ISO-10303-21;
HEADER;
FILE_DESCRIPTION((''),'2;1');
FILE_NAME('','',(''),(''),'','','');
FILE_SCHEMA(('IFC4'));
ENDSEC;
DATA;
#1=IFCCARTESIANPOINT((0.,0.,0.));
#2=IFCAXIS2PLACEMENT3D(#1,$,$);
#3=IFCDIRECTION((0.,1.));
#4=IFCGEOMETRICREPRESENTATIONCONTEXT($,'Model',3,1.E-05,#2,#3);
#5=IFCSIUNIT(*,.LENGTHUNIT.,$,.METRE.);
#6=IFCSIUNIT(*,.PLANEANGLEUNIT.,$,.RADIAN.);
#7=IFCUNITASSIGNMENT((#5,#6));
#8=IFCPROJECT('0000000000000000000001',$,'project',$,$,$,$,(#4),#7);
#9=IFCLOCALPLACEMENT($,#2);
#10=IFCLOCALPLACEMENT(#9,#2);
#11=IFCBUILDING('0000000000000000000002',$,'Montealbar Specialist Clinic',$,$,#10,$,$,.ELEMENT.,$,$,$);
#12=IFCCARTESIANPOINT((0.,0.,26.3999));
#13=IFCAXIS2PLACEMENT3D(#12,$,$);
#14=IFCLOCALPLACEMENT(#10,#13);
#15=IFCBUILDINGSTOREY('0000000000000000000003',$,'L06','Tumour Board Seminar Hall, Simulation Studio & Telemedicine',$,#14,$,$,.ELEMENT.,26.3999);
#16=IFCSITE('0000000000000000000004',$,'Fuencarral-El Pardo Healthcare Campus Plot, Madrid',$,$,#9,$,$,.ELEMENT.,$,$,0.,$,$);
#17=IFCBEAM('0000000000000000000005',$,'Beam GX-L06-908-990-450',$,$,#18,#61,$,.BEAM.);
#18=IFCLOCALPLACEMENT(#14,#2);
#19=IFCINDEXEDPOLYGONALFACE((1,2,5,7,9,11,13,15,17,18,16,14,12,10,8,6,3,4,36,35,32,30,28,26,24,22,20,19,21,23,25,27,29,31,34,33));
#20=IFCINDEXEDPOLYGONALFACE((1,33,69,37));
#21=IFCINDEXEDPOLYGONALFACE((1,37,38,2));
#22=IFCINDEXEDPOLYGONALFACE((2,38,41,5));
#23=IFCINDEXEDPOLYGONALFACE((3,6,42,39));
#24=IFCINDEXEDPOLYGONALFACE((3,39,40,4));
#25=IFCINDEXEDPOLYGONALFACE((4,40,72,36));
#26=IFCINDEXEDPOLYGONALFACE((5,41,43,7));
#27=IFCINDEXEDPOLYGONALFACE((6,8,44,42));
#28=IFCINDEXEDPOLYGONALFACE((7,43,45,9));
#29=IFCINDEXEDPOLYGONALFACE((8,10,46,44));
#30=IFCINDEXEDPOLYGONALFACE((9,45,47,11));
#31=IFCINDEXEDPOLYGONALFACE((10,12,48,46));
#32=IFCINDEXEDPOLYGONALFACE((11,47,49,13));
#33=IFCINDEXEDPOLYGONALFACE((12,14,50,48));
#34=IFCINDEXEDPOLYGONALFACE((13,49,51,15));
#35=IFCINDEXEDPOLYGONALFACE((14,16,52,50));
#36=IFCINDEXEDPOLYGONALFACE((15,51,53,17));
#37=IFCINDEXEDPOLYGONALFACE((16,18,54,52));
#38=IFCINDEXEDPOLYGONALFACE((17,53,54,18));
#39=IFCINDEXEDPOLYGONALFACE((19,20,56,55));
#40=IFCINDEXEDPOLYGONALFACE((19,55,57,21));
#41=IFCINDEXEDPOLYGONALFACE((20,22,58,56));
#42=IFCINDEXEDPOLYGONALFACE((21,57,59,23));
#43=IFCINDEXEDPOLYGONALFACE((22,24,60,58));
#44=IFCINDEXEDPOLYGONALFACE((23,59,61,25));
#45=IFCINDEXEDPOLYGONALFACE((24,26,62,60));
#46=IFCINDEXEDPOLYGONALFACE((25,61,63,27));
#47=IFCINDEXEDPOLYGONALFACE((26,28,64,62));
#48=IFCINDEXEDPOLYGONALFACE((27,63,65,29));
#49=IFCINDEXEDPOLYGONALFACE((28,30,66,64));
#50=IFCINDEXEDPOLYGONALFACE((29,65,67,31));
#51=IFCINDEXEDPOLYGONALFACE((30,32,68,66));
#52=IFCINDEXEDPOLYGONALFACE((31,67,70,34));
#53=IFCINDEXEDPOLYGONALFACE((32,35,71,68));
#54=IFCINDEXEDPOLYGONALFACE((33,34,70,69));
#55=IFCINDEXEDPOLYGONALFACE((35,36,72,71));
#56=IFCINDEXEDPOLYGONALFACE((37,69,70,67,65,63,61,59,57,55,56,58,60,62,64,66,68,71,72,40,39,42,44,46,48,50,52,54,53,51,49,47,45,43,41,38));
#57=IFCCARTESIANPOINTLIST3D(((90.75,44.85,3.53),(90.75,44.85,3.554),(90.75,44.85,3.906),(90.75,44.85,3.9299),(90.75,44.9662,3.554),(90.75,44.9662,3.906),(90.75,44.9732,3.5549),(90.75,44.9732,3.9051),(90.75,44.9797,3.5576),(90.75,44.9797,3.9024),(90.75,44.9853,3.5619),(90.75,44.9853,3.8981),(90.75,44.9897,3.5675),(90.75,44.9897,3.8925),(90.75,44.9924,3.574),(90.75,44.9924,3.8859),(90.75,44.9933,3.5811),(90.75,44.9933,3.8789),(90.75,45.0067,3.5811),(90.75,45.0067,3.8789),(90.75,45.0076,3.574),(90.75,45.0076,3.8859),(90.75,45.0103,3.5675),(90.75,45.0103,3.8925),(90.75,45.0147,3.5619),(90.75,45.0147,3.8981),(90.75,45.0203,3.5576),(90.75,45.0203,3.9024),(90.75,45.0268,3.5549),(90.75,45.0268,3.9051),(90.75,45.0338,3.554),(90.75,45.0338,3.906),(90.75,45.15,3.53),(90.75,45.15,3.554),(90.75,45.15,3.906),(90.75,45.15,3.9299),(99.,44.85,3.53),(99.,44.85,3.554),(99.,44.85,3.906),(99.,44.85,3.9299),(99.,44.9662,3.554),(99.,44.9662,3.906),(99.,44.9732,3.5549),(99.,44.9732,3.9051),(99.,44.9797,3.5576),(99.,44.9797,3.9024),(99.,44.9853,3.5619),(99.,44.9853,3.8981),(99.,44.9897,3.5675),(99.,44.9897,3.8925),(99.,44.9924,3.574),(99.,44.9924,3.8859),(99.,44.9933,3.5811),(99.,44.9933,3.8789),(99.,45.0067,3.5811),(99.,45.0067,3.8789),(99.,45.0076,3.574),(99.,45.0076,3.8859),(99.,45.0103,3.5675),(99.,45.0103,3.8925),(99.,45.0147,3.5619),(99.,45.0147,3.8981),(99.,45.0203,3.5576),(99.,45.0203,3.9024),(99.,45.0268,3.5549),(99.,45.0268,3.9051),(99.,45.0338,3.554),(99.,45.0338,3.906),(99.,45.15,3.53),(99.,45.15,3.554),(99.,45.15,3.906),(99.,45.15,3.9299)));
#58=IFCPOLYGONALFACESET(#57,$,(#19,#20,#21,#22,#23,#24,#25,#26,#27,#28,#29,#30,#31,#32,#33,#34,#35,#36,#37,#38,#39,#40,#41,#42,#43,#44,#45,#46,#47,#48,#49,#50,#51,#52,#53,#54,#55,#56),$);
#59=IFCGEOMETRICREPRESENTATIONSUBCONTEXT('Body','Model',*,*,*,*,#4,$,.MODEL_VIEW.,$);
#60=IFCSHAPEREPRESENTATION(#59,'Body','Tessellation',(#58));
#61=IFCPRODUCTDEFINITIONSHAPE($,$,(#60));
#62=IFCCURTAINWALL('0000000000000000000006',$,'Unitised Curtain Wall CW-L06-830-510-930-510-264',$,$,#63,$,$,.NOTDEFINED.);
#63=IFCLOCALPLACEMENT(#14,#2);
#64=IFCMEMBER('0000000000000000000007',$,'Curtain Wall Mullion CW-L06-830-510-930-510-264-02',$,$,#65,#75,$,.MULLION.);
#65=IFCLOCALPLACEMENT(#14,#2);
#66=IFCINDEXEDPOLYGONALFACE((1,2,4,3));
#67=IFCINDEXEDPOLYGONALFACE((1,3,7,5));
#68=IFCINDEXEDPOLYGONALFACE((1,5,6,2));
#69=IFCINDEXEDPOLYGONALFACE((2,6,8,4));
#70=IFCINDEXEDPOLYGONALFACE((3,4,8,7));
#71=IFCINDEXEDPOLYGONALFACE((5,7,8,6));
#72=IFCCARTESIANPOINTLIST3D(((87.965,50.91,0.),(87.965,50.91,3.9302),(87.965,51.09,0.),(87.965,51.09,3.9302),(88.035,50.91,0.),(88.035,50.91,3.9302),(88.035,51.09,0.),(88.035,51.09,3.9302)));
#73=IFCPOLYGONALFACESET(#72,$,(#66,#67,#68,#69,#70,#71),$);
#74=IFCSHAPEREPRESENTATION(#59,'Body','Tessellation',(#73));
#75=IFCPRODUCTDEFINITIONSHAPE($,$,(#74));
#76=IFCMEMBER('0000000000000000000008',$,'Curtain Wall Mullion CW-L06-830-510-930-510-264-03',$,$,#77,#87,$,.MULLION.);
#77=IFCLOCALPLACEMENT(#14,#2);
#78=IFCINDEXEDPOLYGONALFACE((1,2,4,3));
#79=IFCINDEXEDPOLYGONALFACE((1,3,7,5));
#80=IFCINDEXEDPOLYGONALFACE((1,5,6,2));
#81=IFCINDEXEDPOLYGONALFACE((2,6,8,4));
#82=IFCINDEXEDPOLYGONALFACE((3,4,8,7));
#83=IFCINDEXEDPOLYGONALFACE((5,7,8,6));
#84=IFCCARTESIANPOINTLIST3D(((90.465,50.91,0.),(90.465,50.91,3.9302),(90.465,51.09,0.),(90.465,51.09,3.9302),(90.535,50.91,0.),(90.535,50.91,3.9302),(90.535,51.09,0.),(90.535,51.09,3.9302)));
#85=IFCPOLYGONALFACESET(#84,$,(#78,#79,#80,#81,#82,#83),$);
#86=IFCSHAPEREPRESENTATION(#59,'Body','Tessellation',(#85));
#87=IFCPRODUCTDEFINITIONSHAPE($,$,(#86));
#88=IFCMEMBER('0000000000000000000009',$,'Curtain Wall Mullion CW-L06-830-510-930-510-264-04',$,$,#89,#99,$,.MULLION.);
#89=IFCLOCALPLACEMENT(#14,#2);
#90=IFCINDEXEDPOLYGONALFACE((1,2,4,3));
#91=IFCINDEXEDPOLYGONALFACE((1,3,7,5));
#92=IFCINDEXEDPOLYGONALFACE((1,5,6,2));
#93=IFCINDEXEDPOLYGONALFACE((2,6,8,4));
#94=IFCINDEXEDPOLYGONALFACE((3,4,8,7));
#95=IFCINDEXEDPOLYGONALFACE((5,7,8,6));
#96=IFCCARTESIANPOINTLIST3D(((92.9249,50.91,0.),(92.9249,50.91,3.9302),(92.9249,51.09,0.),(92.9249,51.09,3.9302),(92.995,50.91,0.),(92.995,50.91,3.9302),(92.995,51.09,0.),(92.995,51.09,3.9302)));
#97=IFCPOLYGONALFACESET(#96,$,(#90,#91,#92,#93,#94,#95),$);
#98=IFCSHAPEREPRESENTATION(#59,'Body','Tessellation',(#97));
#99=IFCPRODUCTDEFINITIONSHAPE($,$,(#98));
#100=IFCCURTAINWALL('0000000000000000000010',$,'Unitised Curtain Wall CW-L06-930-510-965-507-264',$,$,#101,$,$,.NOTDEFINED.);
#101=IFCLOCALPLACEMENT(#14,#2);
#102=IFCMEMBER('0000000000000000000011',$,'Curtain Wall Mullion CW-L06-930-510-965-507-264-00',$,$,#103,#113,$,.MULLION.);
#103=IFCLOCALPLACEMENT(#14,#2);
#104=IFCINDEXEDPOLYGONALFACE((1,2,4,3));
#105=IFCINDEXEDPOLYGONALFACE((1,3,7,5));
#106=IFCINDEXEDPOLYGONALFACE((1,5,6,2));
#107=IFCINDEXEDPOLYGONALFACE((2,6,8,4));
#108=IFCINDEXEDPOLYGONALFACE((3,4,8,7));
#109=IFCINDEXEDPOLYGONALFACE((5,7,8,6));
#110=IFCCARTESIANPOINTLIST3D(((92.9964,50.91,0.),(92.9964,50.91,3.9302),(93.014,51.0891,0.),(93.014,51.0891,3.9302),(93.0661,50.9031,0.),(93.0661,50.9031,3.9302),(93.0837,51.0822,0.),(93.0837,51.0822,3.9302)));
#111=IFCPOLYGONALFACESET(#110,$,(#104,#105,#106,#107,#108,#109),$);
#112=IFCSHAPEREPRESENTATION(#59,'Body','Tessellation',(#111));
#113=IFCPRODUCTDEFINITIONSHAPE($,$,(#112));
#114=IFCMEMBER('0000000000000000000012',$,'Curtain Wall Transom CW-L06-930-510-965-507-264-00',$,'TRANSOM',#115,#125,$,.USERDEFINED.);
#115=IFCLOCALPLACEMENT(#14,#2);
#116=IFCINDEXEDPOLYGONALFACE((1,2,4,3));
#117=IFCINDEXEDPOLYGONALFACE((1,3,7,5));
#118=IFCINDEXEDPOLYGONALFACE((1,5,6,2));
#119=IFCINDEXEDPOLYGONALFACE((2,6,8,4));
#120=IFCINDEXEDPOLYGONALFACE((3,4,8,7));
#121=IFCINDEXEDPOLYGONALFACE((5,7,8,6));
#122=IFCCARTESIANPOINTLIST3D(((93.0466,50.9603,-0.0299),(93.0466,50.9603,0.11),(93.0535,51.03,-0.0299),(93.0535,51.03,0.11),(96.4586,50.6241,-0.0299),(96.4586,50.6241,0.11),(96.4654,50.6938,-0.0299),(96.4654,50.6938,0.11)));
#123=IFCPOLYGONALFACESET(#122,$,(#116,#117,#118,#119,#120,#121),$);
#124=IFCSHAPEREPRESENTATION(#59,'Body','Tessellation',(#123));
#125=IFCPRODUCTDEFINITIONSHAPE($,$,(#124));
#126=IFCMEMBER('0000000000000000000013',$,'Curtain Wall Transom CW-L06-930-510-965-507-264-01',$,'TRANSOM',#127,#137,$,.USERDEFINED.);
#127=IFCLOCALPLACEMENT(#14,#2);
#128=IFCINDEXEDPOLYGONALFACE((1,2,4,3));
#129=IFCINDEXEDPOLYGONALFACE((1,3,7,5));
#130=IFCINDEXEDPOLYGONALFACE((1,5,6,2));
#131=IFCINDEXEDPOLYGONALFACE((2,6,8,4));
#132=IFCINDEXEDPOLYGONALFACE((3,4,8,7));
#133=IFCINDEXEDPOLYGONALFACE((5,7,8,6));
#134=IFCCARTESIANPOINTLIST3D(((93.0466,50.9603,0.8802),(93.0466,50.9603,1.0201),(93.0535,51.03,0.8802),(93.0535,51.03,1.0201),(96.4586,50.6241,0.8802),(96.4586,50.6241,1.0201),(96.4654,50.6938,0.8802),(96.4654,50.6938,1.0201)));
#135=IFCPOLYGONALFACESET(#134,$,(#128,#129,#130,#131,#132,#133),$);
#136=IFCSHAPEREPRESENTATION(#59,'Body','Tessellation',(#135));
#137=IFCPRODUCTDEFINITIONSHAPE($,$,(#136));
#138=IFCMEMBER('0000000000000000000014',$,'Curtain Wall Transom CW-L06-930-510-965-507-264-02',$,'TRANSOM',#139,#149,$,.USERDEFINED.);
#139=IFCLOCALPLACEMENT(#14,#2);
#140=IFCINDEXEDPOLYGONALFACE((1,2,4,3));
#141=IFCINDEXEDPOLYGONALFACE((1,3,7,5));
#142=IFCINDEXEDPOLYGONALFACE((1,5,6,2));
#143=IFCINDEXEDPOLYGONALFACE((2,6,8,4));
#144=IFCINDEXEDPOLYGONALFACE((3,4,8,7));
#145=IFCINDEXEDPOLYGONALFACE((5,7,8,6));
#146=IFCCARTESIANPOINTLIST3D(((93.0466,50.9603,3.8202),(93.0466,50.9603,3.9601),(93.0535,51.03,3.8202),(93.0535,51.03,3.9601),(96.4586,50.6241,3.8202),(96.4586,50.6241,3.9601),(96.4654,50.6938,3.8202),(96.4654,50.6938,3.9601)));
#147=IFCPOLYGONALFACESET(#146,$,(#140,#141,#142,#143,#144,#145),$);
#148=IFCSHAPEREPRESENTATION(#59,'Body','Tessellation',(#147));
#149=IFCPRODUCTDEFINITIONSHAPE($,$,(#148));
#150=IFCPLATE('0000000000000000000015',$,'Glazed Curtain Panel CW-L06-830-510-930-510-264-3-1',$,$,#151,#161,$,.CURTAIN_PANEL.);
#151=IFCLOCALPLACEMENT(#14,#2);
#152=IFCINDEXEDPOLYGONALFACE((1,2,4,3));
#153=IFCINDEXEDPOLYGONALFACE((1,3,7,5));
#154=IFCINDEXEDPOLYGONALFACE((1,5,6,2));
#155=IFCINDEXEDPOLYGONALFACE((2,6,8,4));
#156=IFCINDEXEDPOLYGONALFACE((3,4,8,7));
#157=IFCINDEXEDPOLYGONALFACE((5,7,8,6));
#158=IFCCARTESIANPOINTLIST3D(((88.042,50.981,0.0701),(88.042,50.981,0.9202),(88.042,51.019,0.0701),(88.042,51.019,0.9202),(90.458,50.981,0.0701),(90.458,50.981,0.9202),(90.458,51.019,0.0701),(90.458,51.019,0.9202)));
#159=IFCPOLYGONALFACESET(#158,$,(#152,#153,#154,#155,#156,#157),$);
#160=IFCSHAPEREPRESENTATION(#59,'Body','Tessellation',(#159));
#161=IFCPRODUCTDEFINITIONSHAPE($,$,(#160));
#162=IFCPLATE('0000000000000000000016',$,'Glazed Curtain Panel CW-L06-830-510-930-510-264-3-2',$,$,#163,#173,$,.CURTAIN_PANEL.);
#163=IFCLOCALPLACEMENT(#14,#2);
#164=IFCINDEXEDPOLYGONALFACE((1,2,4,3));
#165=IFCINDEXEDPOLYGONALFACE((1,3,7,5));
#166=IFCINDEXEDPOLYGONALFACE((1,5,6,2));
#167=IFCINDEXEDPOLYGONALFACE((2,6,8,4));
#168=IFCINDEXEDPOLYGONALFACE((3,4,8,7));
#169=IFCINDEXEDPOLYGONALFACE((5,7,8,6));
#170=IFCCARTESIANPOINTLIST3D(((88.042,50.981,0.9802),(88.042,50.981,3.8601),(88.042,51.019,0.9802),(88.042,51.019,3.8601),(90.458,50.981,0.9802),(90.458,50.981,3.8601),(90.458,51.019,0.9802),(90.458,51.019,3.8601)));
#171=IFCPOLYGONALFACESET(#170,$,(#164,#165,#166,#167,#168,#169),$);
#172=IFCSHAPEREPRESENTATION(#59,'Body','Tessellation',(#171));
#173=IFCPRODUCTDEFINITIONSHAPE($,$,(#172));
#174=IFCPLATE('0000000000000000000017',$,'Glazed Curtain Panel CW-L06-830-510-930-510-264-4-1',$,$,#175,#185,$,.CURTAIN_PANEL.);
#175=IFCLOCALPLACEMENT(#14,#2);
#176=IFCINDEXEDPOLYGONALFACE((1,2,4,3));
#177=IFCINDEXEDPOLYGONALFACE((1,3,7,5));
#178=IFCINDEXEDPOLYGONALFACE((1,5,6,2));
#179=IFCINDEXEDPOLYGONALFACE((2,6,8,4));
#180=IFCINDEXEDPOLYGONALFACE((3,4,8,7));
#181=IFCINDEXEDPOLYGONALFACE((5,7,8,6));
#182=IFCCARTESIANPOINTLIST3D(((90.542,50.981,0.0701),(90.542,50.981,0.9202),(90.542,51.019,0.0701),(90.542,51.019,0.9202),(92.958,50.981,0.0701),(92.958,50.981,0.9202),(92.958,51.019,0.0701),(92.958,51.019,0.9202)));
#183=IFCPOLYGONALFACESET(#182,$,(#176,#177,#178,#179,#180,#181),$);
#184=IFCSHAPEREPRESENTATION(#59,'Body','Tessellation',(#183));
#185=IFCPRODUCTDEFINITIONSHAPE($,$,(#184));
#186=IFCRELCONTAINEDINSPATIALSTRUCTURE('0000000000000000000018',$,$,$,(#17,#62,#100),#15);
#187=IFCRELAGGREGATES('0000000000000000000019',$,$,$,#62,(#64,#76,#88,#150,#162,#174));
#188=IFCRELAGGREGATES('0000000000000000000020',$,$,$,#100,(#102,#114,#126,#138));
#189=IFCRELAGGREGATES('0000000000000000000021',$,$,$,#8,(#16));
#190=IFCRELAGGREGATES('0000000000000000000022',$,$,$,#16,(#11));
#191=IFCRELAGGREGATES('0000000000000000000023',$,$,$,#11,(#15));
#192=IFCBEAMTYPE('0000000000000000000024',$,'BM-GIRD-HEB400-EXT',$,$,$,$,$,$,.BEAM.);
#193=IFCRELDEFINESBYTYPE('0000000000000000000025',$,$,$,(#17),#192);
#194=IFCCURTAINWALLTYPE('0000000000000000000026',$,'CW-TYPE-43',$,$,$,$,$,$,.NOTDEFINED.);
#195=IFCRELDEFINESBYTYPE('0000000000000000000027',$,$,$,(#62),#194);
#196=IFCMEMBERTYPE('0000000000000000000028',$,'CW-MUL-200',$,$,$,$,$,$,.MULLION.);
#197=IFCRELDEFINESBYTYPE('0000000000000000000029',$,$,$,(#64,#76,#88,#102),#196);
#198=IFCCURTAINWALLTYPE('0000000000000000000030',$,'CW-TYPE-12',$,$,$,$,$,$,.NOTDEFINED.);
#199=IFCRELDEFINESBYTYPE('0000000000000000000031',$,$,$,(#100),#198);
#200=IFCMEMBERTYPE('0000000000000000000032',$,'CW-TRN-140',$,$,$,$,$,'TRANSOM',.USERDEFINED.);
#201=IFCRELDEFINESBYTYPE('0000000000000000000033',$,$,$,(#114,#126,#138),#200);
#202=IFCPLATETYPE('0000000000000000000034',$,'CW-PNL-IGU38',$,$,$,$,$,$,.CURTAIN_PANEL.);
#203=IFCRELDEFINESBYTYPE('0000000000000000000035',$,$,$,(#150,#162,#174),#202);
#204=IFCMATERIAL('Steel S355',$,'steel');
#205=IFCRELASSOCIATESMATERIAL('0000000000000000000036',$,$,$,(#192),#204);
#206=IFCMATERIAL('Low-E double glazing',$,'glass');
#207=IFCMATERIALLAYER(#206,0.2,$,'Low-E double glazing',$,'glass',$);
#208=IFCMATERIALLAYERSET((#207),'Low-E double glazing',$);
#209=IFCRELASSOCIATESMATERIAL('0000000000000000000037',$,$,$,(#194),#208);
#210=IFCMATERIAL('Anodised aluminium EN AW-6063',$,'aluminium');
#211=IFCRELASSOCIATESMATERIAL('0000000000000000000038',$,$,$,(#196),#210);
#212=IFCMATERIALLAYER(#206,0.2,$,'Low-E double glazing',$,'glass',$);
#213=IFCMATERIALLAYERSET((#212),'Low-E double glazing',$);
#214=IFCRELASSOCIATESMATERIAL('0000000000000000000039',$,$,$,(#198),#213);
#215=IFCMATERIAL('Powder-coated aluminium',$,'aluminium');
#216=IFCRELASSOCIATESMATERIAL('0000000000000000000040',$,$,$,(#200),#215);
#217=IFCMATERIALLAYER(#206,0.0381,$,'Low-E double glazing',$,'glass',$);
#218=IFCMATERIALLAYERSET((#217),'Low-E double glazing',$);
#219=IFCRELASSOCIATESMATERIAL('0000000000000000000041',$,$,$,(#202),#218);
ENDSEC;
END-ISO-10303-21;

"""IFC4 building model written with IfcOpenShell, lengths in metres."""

from ifc_helpers import new_model, si_unit, direction, frame, origin, origin_2d, place, context, subcontext, project, spatial, rectangle, i_section, extrude, material, layer, layer_set, material_profile, profile_set, type_object, element, aggregate, save


model = new_model("IFC4")

# Units and contexts
model_context = context("Model", 3, precision=1e-05, world=origin(), true_north=direction((0.0, 1.0)))
body_context = subcontext(model_context, "Body", "Model", "MODEL_VIEW")
ifc_project = project(units=[si_unit("LENGTHUNIT", "METRE"), si_unit("PLANEANGLEUNIT", "RADIAN")], contexts=[model_context])

# Site, building, storey
site_placement = place(None, origin())
site = spatial("IfcSite", under=ifc_project, at=site_placement, Name="Fuencarral-El Pardo Healthcare Campus Plot, Madrid", CompositionType="ELEMENT", RefElevation=0.0)
building_placement = place(site_placement, origin())
building = spatial("IfcBuilding", under=site, at=building_placement, Name="Montealbar Specialist Clinic", CompositionType="ELEMENT")
storey_placement = place(building_placement, frame((0.0, 0.0, 26.3999)))
storey = spatial("IfcBuildingStorey", under=building, at=storey_placement, Name="L06", Description="Tumour Board Seminar Hall, Simulation Studio & Telemedicine", CompositionType="ELEMENT", Elevation=26.3999)

# Shared definitions
ifc_material_1 = material(Name="Steel S355", Category="steel")

# Beam
ifc_material_profile_1 = material_profile(ifc_material_1, i_section(OverallWidth=0.3, OverallDepth=0.3999, WebThickness=0.0134, FlangeThickness=0.0239, FilletRadius=0.0271, at=origin_2d()), Name="HEB 400", Category="steel")
ifc_profile_set_1 = profile_set([ifc_material_profile_1], Name="Steel S355")
beam_type_1 = type_object("IfcBeamType", Name="BM-GIRD-HEB400-EXT", PredefinedType="BEAM", material=ifc_profile_set_1)
beam_1_placement = place(storey_placement, frame((90.75, 45.0, 3.73), z_axis=(1.0, 0.0, 0.0), x_axis=(0.0, 1.0, 0.0)))
element("IfcBeam", 1, at=beam_1_placement, inside=storey, type_object=beam_type_1, Name="Beam GX-L06-908-990-450", PredefinedType="BEAM", context=body_context, shape_type="SweptSolid", body=[
    extrude(i_section(OverallWidth=0.3, OverallDepth=0.3999, WebThickness=0.0134, FlangeThickness=0.0239, FilletRadius=0.0271, at=origin_2d()), origin(), (0.0, 0.0, 1.0), 8.25),
])

# Curtain walls, members
ifc_material_2 = material(Name="Low-E double glazing", Category="glass")
ifc_layer_1 = layer(ifc_material_2, 0.2, Name="Low-E double glazing", Category="glass")
ifc_layer_set_1 = layer_set([ifc_layer_1], Name="Low-E double glazing")
curtain_wall_type_1 = type_object("IfcCurtainWallType", Name="CW-TYPE-43", PredefinedType="NOTDEFINED", material=ifc_layer_set_1)
curtain_wall_1_placement = place(storey_placement, origin())
curtain_wall_1 = element("IfcCurtainWall", 2, at=curtain_wall_1_placement, inside=storey, type_object=curtain_wall_type_1, Name="Unitised Curtain Wall CW-L06-830-510-930-510-264", PredefinedType="NOTDEFINED")
ifc_material_3 = material(Name="Anodised aluminium EN AW-6063", Category="aluminium")
ifc_material_profile_2 = material_profile(ifc_material_3, rectangle(XDim=0.0701, YDim=0.1799, at=origin_2d()), Name="ALU 70x180", Category="aluminium")
ifc_profile_set_2 = profile_set([ifc_material_profile_2], Name="Anodised aluminium EN AW-6063")
member_type_1 = type_object("IfcMemberType", Name="CW-MUL-200", PredefinedType="MULLION", material=ifc_profile_set_2)
member_1_placement = place(storey_placement, frame((88.0, 51.0, 0.0), z_axis=(0.0, 0.0, 1.0), x_axis=(1.0, 0.0, 0.0)))
member_1 = element("IfcMember", 3, at=member_1_placement, type_object=member_type_1, Name="Curtain Wall Mullion CW-L06-830-510-930-510-264-02", PredefinedType="MULLION", context=body_context, shape_type="SweptSolid", body=[
    extrude(rectangle(XDim=0.0701, YDim=0.1799, at=origin_2d()), origin(), (0.0, 0.0, 1.0), 3.9302),
])
member_2_placement = place(storey_placement, frame((90.5, 51.0, 0.0), z_axis=(0.0, 0.0, 1.0), x_axis=(1.0, 0.0, 0.0)))
member_2 = element("IfcMember", 4, at=member_2_placement, type_object=member_type_1, Name="Curtain Wall Mullion CW-L06-830-510-930-510-264-03", PredefinedType="MULLION", context=body_context, shape_type="SweptSolid", body=[
    extrude(rectangle(XDim=0.0701, YDim=0.1799, at=origin_2d()), origin(), (0.0, 0.0, 1.0), 3.9302),
])
member_3_placement = place(storey_placement, frame((92.96, 51.0, 0.0), z_axis=(0.0, 0.0, 1.0), x_axis=(1.0, 0.0, 0.0)))
member_3 = element("IfcMember", 5, at=member_3_placement, type_object=member_type_1, Name="Curtain Wall Mullion CW-L06-830-510-930-510-264-04", PredefinedType="MULLION", context=body_context, shape_type="SweptSolid", body=[
    extrude(rectangle(XDim=0.0701, YDim=0.1799, at=origin_2d()), origin(), (0.0, 0.0, 1.0), 3.9302),
])
ifc_layer_2 = layer(ifc_material_2, 0.2, Name="Low-E double glazing", Category="glass")
ifc_layer_set_2 = layer_set([ifc_layer_2], Name="Low-E double glazing")
curtain_wall_type_2 = type_object("IfcCurtainWallType", Name="CW-TYPE-12", PredefinedType="NOTDEFINED", material=ifc_layer_set_2)
curtain_wall_2_placement = place(storey_placement, origin())
curtain_wall_2 = element("IfcCurtainWall", 6, at=curtain_wall_2_placement, inside=storey, type_object=curtain_wall_type_2, Name="Unitised Curtain Wall CW-L06-930-510-965-507-264", PredefinedType="NOTDEFINED")
member_4_placement = place(storey_placement, frame((93.04, 50.9961, 0.0), z_axis=(0.0, 0.0, 1.0), x_axis=(0.995182, -0.098045, 0.0)))
member_4 = element("IfcMember", 7, at=member_4_placement, type_object=member_type_1, Name="Curtain Wall Mullion CW-L06-930-510-965-507-264-00", PredefinedType="MULLION", context=body_context, shape_type="SweptSolid", body=[
    extrude(rectangle(XDim=0.0701, YDim=0.1799, at=origin_2d()), origin(), (0.0, 0.0, 1.0), 3.9302),
])
ifc_material_4 = material(Name="Powder-coated aluminium", Category="aluminium")
ifc_material_profile_3 = material_profile(ifc_material_4, rectangle(XDim=0.0701, YDim=0.1399, at=origin_2d()), Name="ALU 70x140", Category="aluminium")
ifc_profile_set_3 = profile_set([ifc_material_profile_3], Name="Powder-coated aluminium")
member_type_2 = type_object("IfcMemberType", Name="CW-TRN-140", ElementType="TRANSOM", PredefinedType="USERDEFINED", material=ifc_profile_set_3)
member_5_placement = place(storey_placement, frame((93.05, 50.9951, 0.04), z_axis=(0.995181, -0.098058, 0.0), x_axis=(0.098058, 0.995181, 0.0)))
member_5 = element("IfcMember", 8, at=member_5_placement, type_object=member_type_2, Name="Curtain Wall Transom CW-L06-930-510-965-507-264-00", ObjectType="TRANSOM", PredefinedType="USERDEFINED", context=body_context, shape_type="SweptSolid", body=[
    extrude(rectangle(XDim=0.0701, YDim=0.1399, at=origin_2d()), origin(), (0.0, 0.0, 1.0), 3.4285),
])
member_6_placement = place(storey_placement, frame((93.05, 50.9951, 0.9502), z_axis=(0.995181, -0.098058, 0.0), x_axis=(0.098058, 0.995181, 0.0)))
member_6 = element("IfcMember", 9, at=member_6_placement, type_object=member_type_2, Name="Curtain Wall Transom CW-L06-930-510-965-507-264-01", ObjectType="TRANSOM", PredefinedType="USERDEFINED", context=body_context, shape_type="SweptSolid", body=[
    extrude(rectangle(XDim=0.0701, YDim=0.1399, at=origin_2d()), origin(), (0.0, 0.0, 1.0), 3.4285),
])
member_7_placement = place(storey_placement, frame((93.05, 50.9951, 3.8901), z_axis=(0.995181, -0.098058, 0.0), x_axis=(0.098058, 0.995181, 0.0)))
member_7 = element("IfcMember", 10, at=member_7_placement, type_object=member_type_2, Name="Curtain Wall Transom CW-L06-930-510-965-507-264-02", ObjectType="TRANSOM", PredefinedType="USERDEFINED", context=body_context, shape_type="SweptSolid", body=[
    extrude(rectangle(XDim=0.0701, YDim=0.1399, at=origin_2d()), origin(), (0.0, 0.0, 1.0), 3.4285),
])

# Plates
ifc_layer_3 = layer(ifc_material_2, 0.0381, Name="Low-E double glazing", Category="glass")
ifc_layer_set_3 = layer_set([ifc_layer_3], Name="Low-E double glazing")
plate_type = type_object("IfcPlateType", Name="CW-PNL-IGU38", PredefinedType="CURTAIN_PANEL", material=ifc_layer_set_3)
plate_1_placement = place(storey_placement, frame((89.25, 51.0, 0.0701), z_axis=(0.0, 0.0, 1.0), x_axis=(1.0, 0.0, 0.0)))
plate_1 = element("IfcPlate", 11, at=plate_1_placement, type_object=plate_type, Name="Glazed Curtain Panel CW-L06-830-510-930-510-264-3-1", PredefinedType="CURTAIN_PANEL", context=body_context, shape_type="SweptSolid", body=[
    extrude(rectangle(XDim=2.416, YDim=0.0381, at=origin_2d()), origin(), (0.0, 0.0, 1.0), 0.8501),
])
plate_2_placement = place(storey_placement, frame((89.25, 51.0, 0.9802), z_axis=(0.0, 0.0, 1.0), x_axis=(1.0, 0.0, 0.0)))
plate_2 = element("IfcPlate", 12, at=plate_2_placement, type_object=plate_type, Name="Glazed Curtain Panel CW-L06-830-510-930-510-264-3-2", PredefinedType="CURTAIN_PANEL", context=body_context, shape_type="SweptSolid", body=[
    extrude(rectangle(XDim=2.416, YDim=0.0381, at=origin_2d()), origin(), (0.0, 0.0, 1.0), 2.8799),
])
plate_3_placement = place(storey_placement, frame((91.75, 51.0, 0.0701), z_axis=(0.0, 0.0, 1.0), x_axis=(1.0, 0.0, 0.0)))
plate_3 = element("IfcPlate", 13, at=plate_3_placement, type_object=plate_type, Name="Glazed Curtain Panel CW-L06-830-510-930-510-264-4-1", PredefinedType="CURTAIN_PANEL", context=body_context, shape_type="SweptSolid", body=[
    extrude(rectangle(XDim=2.416, YDim=0.0381, at=origin_2d()), origin(), (0.0, 0.0, 1.0), 0.8501),
])
aggregate(curtain_wall_1, [member_1, member_2, member_3, plate_1, plate_2, plate_3])
aggregate(curtain_wall_2, [member_4, member_5, member_6, member_7])

save(model, "model.ifc")
